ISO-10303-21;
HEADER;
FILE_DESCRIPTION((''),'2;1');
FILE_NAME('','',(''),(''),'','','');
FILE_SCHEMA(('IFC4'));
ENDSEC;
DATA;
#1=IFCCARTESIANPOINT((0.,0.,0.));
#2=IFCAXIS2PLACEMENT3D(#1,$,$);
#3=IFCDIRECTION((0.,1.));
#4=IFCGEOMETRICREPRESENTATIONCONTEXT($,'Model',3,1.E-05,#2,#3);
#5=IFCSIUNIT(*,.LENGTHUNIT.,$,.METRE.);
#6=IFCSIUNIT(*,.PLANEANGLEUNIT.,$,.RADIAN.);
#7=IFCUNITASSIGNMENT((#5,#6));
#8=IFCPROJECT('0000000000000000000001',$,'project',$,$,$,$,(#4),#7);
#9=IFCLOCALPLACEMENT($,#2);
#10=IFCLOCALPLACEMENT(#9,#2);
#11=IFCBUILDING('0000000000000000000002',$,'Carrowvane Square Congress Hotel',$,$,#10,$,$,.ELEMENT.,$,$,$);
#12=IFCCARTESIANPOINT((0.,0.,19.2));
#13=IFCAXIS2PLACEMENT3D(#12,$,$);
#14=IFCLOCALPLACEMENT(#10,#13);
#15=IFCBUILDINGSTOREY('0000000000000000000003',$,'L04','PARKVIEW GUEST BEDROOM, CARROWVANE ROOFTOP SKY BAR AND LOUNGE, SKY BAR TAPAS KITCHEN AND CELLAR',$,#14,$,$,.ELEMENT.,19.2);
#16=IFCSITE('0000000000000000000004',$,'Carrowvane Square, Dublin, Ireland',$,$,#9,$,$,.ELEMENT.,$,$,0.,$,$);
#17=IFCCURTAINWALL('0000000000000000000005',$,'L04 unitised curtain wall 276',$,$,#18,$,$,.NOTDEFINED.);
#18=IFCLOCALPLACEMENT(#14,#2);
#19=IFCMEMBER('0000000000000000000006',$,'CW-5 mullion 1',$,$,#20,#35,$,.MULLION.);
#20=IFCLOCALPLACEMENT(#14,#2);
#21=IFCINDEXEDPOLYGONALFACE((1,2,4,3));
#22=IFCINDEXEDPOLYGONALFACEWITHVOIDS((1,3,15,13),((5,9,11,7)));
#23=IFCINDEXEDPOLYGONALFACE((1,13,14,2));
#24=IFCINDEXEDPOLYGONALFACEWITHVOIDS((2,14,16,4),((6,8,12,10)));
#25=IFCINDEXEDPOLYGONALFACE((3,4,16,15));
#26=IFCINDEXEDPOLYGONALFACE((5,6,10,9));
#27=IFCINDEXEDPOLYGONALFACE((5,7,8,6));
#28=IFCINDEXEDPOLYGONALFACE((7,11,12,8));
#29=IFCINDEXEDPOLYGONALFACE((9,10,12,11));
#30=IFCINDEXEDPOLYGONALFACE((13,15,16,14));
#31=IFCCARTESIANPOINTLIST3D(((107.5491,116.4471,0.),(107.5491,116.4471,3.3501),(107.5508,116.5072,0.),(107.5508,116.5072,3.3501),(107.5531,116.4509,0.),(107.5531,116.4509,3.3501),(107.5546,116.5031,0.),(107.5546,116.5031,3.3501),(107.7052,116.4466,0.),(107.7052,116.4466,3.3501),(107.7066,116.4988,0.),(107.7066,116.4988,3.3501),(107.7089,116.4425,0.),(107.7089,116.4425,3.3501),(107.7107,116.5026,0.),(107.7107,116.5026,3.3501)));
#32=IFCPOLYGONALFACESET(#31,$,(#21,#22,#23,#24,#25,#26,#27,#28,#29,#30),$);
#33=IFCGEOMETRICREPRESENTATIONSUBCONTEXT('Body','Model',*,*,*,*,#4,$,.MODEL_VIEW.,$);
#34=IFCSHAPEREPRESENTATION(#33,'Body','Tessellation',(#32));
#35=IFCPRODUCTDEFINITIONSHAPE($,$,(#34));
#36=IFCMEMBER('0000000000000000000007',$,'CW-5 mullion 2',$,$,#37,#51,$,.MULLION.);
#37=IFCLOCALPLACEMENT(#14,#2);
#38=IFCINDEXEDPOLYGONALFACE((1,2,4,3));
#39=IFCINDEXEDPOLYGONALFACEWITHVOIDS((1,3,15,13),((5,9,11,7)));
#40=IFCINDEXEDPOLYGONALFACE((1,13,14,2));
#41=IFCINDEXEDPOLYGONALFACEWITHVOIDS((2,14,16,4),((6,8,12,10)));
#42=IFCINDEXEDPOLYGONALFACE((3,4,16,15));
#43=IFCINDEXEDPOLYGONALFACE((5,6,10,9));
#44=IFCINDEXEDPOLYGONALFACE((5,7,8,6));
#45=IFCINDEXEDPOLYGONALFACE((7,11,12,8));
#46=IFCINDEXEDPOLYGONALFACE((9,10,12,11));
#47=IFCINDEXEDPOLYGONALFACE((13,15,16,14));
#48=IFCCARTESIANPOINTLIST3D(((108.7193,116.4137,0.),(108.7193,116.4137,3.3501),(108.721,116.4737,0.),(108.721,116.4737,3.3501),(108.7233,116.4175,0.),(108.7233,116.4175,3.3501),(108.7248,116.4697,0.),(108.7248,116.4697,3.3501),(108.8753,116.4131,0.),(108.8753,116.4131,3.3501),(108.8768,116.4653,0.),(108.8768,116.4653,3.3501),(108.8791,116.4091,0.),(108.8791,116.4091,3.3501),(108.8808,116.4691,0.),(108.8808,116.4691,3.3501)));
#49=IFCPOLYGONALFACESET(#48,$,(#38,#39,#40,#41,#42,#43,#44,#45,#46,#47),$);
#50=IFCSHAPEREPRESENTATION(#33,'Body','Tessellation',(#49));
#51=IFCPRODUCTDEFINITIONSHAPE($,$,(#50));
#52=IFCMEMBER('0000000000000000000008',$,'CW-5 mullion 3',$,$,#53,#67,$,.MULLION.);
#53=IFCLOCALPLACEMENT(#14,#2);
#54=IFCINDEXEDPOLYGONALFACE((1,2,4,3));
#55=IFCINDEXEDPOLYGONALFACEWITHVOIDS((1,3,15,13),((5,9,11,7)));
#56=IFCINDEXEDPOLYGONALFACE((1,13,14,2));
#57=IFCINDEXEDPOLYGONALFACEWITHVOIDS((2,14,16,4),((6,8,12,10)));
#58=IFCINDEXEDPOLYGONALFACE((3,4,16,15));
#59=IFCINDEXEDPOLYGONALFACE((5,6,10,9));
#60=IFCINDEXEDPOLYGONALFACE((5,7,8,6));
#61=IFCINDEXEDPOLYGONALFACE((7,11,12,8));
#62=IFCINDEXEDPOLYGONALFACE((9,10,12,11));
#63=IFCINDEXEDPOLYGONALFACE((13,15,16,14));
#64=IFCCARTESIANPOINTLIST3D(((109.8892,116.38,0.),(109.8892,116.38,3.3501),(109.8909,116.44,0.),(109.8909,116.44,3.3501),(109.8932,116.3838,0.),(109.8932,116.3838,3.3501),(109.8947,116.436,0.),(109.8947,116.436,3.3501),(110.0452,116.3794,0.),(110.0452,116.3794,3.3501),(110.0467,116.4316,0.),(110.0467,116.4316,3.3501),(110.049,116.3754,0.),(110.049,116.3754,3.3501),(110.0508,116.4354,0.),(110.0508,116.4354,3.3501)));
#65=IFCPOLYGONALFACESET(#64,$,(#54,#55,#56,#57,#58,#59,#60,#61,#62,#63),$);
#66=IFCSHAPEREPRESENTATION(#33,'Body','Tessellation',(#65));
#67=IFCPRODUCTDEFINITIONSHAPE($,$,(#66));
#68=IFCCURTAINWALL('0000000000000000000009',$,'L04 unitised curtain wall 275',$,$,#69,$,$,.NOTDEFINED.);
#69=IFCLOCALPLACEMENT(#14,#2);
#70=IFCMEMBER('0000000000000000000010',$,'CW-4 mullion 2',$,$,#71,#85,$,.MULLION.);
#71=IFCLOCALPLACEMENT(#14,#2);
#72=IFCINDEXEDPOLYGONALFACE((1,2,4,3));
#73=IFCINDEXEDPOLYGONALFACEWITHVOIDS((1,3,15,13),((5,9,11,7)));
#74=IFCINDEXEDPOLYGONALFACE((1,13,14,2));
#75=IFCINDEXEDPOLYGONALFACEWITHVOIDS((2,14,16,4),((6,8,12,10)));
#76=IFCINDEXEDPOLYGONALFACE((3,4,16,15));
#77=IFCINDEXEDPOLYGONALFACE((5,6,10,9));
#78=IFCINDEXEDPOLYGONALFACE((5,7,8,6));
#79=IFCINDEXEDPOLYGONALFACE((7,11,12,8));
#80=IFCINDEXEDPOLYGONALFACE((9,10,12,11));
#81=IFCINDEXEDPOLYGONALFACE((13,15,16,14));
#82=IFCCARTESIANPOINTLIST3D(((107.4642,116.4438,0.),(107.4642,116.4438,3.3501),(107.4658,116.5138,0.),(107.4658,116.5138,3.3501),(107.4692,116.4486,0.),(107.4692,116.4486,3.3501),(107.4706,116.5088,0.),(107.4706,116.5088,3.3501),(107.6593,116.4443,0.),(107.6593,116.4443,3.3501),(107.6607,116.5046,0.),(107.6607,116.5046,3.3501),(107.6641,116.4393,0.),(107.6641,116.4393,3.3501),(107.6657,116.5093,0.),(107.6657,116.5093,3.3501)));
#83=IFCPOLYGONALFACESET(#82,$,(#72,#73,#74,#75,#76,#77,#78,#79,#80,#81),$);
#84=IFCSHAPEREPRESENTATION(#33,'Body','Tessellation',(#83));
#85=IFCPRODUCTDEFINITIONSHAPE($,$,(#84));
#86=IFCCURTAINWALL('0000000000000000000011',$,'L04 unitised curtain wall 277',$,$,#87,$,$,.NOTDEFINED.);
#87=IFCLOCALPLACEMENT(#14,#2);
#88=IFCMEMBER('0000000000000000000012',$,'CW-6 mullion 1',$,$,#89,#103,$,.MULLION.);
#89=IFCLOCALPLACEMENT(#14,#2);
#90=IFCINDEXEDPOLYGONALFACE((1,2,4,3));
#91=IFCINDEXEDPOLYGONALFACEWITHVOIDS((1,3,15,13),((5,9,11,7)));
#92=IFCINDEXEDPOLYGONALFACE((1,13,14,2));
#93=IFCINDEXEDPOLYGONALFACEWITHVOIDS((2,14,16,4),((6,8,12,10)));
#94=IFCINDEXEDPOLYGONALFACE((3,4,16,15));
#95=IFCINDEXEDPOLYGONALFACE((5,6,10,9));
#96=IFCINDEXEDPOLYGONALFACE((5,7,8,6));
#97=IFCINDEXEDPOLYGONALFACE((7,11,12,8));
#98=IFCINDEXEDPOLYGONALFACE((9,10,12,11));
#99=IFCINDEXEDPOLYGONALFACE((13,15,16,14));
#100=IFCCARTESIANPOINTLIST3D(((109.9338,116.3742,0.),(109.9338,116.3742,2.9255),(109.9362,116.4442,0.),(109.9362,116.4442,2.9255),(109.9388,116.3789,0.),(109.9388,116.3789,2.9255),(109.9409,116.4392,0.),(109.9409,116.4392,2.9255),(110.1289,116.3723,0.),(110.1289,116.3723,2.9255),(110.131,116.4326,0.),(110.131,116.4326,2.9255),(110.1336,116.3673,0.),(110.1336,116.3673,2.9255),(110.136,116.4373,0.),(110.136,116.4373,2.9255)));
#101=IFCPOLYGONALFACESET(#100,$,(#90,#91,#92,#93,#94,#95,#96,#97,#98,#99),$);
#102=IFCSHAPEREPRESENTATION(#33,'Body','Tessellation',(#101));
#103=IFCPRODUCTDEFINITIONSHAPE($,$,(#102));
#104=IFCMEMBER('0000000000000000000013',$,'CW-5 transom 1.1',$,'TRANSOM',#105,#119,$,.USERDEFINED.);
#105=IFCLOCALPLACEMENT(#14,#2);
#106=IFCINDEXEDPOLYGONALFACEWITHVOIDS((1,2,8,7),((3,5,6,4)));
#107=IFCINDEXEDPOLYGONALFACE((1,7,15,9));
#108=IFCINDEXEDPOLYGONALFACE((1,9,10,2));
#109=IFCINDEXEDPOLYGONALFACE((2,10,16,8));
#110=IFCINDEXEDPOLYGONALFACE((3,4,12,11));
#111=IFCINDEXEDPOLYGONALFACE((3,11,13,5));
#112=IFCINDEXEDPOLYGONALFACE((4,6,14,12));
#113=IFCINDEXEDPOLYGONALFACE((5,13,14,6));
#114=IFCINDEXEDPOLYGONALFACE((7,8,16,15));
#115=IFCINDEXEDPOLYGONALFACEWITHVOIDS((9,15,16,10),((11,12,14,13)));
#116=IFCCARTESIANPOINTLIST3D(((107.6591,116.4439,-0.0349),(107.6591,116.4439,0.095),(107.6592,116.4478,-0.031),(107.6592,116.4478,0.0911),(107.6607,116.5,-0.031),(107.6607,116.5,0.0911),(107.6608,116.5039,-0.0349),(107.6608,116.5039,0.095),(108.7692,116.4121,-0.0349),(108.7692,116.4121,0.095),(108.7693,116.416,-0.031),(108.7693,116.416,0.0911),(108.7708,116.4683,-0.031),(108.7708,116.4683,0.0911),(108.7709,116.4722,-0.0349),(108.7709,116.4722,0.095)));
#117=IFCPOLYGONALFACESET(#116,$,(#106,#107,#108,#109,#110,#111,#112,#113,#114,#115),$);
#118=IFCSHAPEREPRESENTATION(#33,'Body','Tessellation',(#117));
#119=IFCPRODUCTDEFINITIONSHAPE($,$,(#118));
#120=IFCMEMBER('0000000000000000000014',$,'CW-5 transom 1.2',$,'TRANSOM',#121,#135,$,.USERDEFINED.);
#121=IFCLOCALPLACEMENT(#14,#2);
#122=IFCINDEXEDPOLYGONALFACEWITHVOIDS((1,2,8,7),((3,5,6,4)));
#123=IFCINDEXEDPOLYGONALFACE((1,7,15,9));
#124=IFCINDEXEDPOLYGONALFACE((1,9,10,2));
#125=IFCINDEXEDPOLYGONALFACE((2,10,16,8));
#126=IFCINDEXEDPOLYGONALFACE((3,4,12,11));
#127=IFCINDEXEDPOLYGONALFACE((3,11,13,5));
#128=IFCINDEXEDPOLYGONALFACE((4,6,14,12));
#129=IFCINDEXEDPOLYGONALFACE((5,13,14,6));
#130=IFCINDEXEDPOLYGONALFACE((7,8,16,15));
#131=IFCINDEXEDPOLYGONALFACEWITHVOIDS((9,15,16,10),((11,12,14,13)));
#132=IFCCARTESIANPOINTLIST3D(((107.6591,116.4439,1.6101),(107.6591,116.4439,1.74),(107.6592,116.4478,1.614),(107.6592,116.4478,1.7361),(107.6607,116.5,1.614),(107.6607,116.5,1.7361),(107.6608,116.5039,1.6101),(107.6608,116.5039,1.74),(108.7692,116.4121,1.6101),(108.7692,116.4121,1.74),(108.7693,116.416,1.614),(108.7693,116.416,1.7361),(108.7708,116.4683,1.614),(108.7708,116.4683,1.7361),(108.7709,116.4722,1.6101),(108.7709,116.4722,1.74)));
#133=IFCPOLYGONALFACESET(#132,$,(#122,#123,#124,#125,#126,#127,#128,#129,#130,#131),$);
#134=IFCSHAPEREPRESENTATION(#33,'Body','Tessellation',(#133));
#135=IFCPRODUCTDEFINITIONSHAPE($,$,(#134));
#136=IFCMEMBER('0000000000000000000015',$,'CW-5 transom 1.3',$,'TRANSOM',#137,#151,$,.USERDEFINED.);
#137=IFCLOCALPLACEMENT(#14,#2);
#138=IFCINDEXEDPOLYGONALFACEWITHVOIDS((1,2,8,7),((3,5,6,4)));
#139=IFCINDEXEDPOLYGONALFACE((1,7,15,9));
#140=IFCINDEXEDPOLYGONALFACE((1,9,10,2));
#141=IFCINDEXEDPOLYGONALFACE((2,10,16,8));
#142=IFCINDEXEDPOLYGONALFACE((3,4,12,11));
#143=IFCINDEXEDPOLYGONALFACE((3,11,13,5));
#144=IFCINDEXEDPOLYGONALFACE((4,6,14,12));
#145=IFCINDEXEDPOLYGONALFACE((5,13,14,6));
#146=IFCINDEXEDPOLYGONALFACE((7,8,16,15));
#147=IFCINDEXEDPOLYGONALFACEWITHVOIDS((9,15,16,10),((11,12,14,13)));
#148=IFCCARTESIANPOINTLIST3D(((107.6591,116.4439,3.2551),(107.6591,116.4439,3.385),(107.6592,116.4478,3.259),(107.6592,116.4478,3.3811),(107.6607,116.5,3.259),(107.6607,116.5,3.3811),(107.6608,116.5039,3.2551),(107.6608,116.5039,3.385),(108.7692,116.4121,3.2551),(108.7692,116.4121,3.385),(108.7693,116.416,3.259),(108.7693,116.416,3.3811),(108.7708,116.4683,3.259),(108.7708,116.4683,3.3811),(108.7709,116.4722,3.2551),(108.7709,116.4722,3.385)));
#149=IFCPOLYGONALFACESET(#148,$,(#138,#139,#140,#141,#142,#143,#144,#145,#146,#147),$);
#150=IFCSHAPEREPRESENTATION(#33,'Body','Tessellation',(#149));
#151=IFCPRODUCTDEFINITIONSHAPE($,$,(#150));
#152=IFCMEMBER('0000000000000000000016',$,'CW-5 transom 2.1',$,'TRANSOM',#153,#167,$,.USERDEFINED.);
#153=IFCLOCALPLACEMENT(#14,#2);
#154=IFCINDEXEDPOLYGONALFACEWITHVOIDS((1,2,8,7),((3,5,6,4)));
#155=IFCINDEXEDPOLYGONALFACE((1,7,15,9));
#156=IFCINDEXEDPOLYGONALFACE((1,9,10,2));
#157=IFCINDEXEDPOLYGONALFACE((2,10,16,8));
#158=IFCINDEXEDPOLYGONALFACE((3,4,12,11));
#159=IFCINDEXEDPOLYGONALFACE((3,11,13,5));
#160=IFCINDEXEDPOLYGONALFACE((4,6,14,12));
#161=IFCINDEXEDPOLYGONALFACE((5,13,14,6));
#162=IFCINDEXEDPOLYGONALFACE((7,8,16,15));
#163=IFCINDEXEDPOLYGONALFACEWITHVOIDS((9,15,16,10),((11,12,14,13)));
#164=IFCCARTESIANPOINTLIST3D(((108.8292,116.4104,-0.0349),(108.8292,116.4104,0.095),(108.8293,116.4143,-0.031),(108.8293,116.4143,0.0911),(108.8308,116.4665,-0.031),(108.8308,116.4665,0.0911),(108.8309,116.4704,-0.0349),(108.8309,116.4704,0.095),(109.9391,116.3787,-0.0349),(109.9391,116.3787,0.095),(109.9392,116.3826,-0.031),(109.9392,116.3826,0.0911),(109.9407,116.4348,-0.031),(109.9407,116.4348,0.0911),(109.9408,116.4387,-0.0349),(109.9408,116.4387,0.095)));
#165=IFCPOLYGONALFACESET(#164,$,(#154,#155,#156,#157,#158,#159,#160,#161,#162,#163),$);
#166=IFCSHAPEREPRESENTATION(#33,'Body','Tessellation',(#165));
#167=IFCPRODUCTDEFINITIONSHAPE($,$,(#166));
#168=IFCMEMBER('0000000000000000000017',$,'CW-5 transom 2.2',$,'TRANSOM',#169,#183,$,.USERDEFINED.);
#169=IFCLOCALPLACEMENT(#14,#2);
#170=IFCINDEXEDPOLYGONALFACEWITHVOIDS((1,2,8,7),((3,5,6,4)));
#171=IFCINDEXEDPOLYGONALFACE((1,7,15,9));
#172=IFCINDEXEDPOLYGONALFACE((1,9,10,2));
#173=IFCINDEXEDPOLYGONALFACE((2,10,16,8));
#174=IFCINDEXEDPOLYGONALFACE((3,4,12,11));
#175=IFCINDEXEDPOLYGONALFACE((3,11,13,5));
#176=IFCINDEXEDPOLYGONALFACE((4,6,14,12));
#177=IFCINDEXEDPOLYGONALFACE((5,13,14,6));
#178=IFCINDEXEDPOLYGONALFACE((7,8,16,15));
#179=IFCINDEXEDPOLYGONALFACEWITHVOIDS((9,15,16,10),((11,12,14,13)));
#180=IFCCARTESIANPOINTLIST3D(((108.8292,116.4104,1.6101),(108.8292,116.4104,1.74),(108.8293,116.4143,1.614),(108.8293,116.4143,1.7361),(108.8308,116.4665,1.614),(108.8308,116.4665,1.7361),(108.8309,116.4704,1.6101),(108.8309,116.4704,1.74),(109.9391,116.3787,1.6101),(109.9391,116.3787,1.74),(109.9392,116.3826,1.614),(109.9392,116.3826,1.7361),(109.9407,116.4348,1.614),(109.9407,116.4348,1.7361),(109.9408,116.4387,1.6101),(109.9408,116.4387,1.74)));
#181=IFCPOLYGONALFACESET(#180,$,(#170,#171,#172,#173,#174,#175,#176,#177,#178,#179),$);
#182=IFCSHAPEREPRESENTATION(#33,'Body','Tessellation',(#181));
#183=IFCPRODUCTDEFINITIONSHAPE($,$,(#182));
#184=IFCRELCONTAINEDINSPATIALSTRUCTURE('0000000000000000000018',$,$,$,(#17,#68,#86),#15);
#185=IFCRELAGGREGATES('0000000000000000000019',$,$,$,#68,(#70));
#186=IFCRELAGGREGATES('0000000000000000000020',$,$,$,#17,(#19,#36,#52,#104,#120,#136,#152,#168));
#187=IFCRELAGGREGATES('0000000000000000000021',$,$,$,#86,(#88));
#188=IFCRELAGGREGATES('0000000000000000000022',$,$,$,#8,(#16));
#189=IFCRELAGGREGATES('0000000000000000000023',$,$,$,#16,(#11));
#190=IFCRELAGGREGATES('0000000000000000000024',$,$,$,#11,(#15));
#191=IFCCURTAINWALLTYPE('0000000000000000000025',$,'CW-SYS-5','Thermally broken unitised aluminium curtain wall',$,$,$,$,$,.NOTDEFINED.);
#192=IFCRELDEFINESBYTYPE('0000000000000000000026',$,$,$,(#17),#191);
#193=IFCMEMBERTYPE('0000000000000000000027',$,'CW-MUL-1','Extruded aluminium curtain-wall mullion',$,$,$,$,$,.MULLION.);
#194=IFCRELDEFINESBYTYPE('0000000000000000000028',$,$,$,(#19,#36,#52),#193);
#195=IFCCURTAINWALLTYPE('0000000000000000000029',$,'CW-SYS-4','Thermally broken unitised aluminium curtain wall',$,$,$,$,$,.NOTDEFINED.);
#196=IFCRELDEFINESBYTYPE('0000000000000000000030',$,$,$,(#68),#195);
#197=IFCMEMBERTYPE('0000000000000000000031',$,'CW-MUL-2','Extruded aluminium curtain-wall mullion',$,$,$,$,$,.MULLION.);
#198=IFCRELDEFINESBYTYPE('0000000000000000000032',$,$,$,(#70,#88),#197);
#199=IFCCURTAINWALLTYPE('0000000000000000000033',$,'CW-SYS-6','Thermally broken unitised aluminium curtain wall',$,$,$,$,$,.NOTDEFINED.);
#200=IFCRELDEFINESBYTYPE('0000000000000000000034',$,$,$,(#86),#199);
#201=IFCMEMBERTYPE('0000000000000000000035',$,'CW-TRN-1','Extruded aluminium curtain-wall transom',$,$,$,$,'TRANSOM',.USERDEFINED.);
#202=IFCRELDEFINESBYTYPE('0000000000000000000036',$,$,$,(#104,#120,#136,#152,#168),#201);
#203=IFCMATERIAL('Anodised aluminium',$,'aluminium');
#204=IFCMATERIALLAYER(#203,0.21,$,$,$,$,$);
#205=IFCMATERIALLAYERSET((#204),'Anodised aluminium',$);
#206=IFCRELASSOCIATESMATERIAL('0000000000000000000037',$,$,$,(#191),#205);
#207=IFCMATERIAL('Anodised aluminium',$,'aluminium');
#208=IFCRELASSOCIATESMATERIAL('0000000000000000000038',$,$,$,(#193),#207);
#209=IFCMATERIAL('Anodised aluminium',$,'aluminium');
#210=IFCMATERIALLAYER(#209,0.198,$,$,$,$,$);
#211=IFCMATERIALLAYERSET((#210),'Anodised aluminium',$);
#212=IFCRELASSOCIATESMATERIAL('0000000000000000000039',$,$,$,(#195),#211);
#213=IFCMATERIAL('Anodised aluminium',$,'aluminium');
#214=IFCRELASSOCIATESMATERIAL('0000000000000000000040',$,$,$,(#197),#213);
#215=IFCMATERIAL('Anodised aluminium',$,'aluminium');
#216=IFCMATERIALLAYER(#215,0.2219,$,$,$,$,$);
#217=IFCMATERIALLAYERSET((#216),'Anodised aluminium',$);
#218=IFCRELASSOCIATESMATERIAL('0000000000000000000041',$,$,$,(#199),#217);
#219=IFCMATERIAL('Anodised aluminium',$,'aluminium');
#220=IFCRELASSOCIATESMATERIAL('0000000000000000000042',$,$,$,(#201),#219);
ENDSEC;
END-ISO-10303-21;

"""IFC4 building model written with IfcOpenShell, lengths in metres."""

from ifc_helpers import new_model, si_unit, direction, frame, origin, origin_2d, place, context, subcontext, project, spatial, hollow_rectangle, extrude, material, layer, layer_set, material_profile, profile_set, type_object, element, aggregate, save


model = new_model("IFC4")

# Units and contexts
model_context = context("Model", 3, precision=1e-05, world=origin(), true_north=direction((0.0, 1.0)))
body_context = subcontext(model_context, "Body", "Model", "MODEL_VIEW")
ifc_project = project(units=[si_unit("LENGTHUNIT", "METRE"), si_unit("PLANEANGLEUNIT", "RADIAN")], contexts=[model_context])

# Site, building, storey
site_placement = place(None, origin())
site = spatial("IfcSite", under=ifc_project, at=site_placement, Name="Carrowvane Square, Dublin, Ireland", CompositionType="ELEMENT", RefElevation=0.0)
building_placement = place(site_placement, origin())
building = spatial("IfcBuilding", under=site, at=building_placement, Name="Carrowvane Square Congress Hotel", CompositionType="ELEMENT")
storey_placement = place(building_placement, frame((0.0, 0.0, 19.2)))
storey = spatial("IfcBuildingStorey", under=building, at=storey_placement, Name="L04", Description="PARKVIEW GUEST BEDROOM, CARROWVANE ROOFTOP SKY BAR AND LOUNGE, SKY BAR TAPAS KITCHEN AND CELLAR", CompositionType="ELEMENT", Elevation=19.2)

# Curtain wall, members
ifc_material_1 = material(Name="Anodised aluminium", Category="aluminium")
ifc_layer_1 = layer(ifc_material_1, 0.21)
ifc_layer_set_1 = layer_set([ifc_layer_1], Name="Anodised aluminium")
curtain_wall_type_1 = type_object("IfcCurtainWallType", Name="CW-SYS-5", Description="Thermally broken unitised aluminium curtain wall", PredefinedType="NOTDEFINED", material=ifc_layer_set_1)
curtain_wall_1_placement = place(storey_placement, origin())
curtain_wall_1 = element("IfcCurtainWall", 1, at=curtain_wall_1_placement, inside=storey, type_object=curtain_wall_type_1, Name="L04 unitised curtain wall 276", PredefinedType="NOTDEFINED")
ifc_material_2 = material(Name="Anodised aluminium", Category="aluminium")
ifc_material_profile_1 = material_profile(ifc_material_2, hollow_rectangle(XDim=0.0601, YDim=0.1599, WallThickness=0.0039, at=origin_2d()), Name="CW-ML 60x160x4")
ifc_profile_set_1 = profile_set([ifc_material_profile_1], Name="Anodised aluminium")
member_type_1 = type_object("IfcMemberType", Name="CW-MUL-1", Description="Extruded aluminium curtain-wall mullion", PredefinedType="MULLION", material=ifc_profile_set_1)
member_1_placement = place(storey_placement, frame((107.6299, 116.4749, 0.0), z_axis=(0.0, 0.0, 1.0), x_axis=(0.028638, 0.99959, 0.0)))
member_1 = element("IfcMember", 2, at=member_1_placement, type_object=member_type_1, Name="CW-5 mullion 1", PredefinedType="MULLION", context=body_context, shape_type="SweptSolid", body=[
    extrude(hollow_rectangle(XDim=0.0601, YDim=0.1599, WallThickness=0.0039, at=origin_2d()), origin(), (0.0, 0.0, 1.0), 3.3501),
])
member_2_placement = place(storey_placement, frame((108.8, 116.4414, 0.0), z_axis=(0.0, 0.0, 1.0), x_axis=(0.028638, 0.99959, 0.0)))
member_2 = element("IfcMember", 3, at=member_2_placement, type_object=member_type_1, Name="CW-5 mullion 2", PredefinedType="MULLION", context=body_context, shape_type="SweptSolid", body=[
    extrude(hollow_rectangle(XDim=0.0601, YDim=0.1599, WallThickness=0.0039, at=origin_2d()), origin(), (0.0, 0.0, 1.0), 3.3501),
])
member_3_placement = place(storey_placement, frame((109.97, 116.4077, 0.0), z_axis=(0.0, 0.0, 1.0), x_axis=(0.028638, 0.99959, 0.0)))
member_3 = element("IfcMember", 4, at=member_3_placement, type_object=member_type_1, Name="CW-5 mullion 3", PredefinedType="MULLION", context=body_context, shape_type="SweptSolid", body=[
    extrude(hollow_rectangle(XDim=0.0601, YDim=0.1599, WallThickness=0.0039, at=origin_2d()), origin(), (0.0, 0.0, 1.0), 3.3501),
])

# Curtain walls, members
ifc_material_3 = material(Name="Anodised aluminium", Category="aluminium")
ifc_layer_2 = layer(ifc_material_3, 0.198)
ifc_layer_set_2 = layer_set([ifc_layer_2], Name="Anodised aluminium")
curtain_wall_type_2 = type_object("IfcCurtainWallType", Name="CW-SYS-4", Description="Thermally broken unitised aluminium curtain wall", PredefinedType="NOTDEFINED", material=ifc_layer_set_2)
curtain_wall_2_placement = place(storey_placement, origin())
curtain_wall_2 = element("IfcCurtainWall", 5, at=curtain_wall_2_placement, inside=storey, type_object=curtain_wall_type_2, Name="L04 unitised curtain wall 275", PredefinedType="NOTDEFINED")
ifc_material_4 = material(Name="Anodised aluminium", Category="aluminium")
ifc_material_profile_2 = material_profile(ifc_material_4, hollow_rectangle(XDim=0.0701, YDim=0.2, WallThickness=0.0049, at=origin_2d()), Name="CW-ML 70x200x5")
ifc_profile_set_2 = profile_set([ifc_material_profile_2], Name="Anodised aluminium")
member_type_2 = type_object("IfcMemberType", Name="CW-MUL-2", Description="Extruded aluminium curtain-wall mullion", PredefinedType="MULLION", material=ifc_profile_set_2)
member_4_placement = place(storey_placement, frame((107.5649, 116.4766, 0.0), z_axis=(0.0, 0.0, 1.0), x_axis=(0.022518, 0.999746, 0.0)))
member_4 = element("IfcMember", 6, at=member_4_placement, type_object=member_type_2, Name="CW-4 mullion 2", PredefinedType="MULLION", context=body_context, shape_type="SweptSolid", body=[
    extrude(hollow_rectangle(XDim=0.0701, YDim=0.2, WallThickness=0.0049, at=origin_2d()), origin(), (0.0, 0.0, 1.0), 3.3501),
])
ifc_material_5 = material(Name="Anodised aluminium", Category="aluminium")
ifc_layer_3 = layer(ifc_material_5, 0.2219)
ifc_layer_set_3 = layer_set([ifc_layer_3], Name="Anodised aluminium")
curtain_wall_type_3 = type_object("IfcCurtainWallType", Name="CW-SYS-6", Description="Thermally broken unitised aluminium curtain wall", PredefinedType="NOTDEFINED", material=ifc_layer_set_3)
curtain_wall_3_placement = place(storey_placement, origin())
curtain_wall_3 = element("IfcCurtainWall", 7, at=curtain_wall_3_placement, inside=storey, type_object=curtain_wall_type_3, Name="L04 unitised curtain wall 277", PredefinedType="NOTDEFINED")
member_5_placement = place(storey_placement, frame((110.0349, 116.4058, 0.0), z_axis=(0.0, 0.0, 1.0), x_axis=(0.03453, 0.999404, 0.0)))
member_5 = element("IfcMember", 8, at=member_5_placement, type_object=member_type_2, Name="CW-6 mullion 1", PredefinedType="MULLION", context=body_context, shape_type="SweptSolid", body=[
    extrude(hollow_rectangle(XDim=0.0701, YDim=0.2, WallThickness=0.0049, at=origin_2d()), origin(), (0.0, 0.0, 1.0), 2.9255),
])

# Members
ifc_material_6 = material(Name="Anodised aluminium", Category="aluminium")
ifc_material_profile_3 = material_profile(ifc_material_6, hollow_rectangle(XDim=0.0601, YDim=0.1299, WallThickness=0.0039, at=origin_2d()), Name="CW-TR 60x130x4")
ifc_profile_set_3 = profile_set([ifc_material_profile_3], Name="Anodised aluminium")
member_type_3 = type_object("IfcMemberType", Name="CW-TRN-1", Description="Extruded aluminium curtain-wall transom", ElementType="TRANSOM", PredefinedType="USERDEFINED", material=ifc_profile_set_3)
member_6_placement = place(storey_placement, frame((107.6599, 116.4739, 0.03), z_axis=(0.999592, -0.028579, 0.0), x_axis=(0.028579, 0.999592, 0.0)))
member_6 = element("IfcMember", 9, at=member_6_placement, type_object=member_type_3, Name="CW-5 transom 1.1", ObjectType="TRANSOM", PredefinedType="USERDEFINED", context=body_context, shape_type="SweptSolid", body=[
    extrude(hollow_rectangle(XDim=0.0601, YDim=0.1299, WallThickness=0.0039, at=origin_2d()), origin(), (0.0, 0.0, 1.0), 1.1106),
])
member_7_placement = place(storey_placement, frame((107.6599, 116.4739, 1.675), z_axis=(0.999592, -0.028579, 0.0), x_axis=(0.028579, 0.999592, 0.0)))
member_7 = element("IfcMember", 10, at=member_7_placement, type_object=member_type_3, Name="CW-5 transom 1.2", ObjectType="TRANSOM", PredefinedType="USERDEFINED", context=body_context, shape_type="SweptSolid", body=[
    extrude(hollow_rectangle(XDim=0.0601, YDim=0.1299, WallThickness=0.0039, at=origin_2d()), origin(), (0.0, 0.0, 1.0), 1.1106),
])
member_8_placement = place(storey_placement, frame((107.6599, 116.4739, 3.3201), z_axis=(0.999592, -0.028579, 0.0), x_axis=(0.028579, 0.999592, 0.0)))
member_8 = element("IfcMember", 11, at=member_8_placement, type_object=member_type_3, Name="CW-5 transom 1.3", ObjectType="TRANSOM", PredefinedType="USERDEFINED", context=body_context, shape_type="SweptSolid", body=[
    extrude(hollow_rectangle(XDim=0.0601, YDim=0.1299, WallThickness=0.0039, at=origin_2d()), origin(), (0.0, 0.0, 1.0), 1.1106),
])
member_9_placement = place(storey_placement, frame((108.8301, 116.4404, 0.03), z_axis=(0.999591, -0.028585, 0.0), x_axis=(0.028585, 0.999591, 0.0)))
member_9 = element("IfcMember", 12, at=member_9_placement, type_object=member_type_3, Name="CW-5 transom 2.1", ObjectType="TRANSOM", PredefinedType="USERDEFINED", context=body_context, shape_type="SweptSolid", body=[
    extrude(hollow_rectangle(XDim=0.0601, YDim=0.1299, WallThickness=0.0039, at=origin_2d()), origin(), (0.0, 0.0, 1.0), 1.1104),
])
member_10_placement = place(storey_placement, frame((108.8301, 116.4404, 1.675), z_axis=(0.999591, -0.028585, 0.0), x_axis=(0.028585, 0.999591, 0.0)))
member_10 = element("IfcMember", 13, at=member_10_placement, type_object=member_type_3, Name="CW-5 transom 2.2", ObjectType="TRANSOM", PredefinedType="USERDEFINED", context=body_context, shape_type="SweptSolid", body=[
    extrude(hollow_rectangle(XDim=0.0601, YDim=0.1299, WallThickness=0.0039, at=origin_2d()), origin(), (0.0, 0.0, 1.0), 1.1104),
])

aggregate(curtain_wall_2, [member_4])
aggregate(curtain_wall_1, [member_1, member_2, member_3, member_6, member_7, member_8, member_9, member_10])
aggregate(curtain_wall_3, [member_5])

save(model, "model.ifc")
